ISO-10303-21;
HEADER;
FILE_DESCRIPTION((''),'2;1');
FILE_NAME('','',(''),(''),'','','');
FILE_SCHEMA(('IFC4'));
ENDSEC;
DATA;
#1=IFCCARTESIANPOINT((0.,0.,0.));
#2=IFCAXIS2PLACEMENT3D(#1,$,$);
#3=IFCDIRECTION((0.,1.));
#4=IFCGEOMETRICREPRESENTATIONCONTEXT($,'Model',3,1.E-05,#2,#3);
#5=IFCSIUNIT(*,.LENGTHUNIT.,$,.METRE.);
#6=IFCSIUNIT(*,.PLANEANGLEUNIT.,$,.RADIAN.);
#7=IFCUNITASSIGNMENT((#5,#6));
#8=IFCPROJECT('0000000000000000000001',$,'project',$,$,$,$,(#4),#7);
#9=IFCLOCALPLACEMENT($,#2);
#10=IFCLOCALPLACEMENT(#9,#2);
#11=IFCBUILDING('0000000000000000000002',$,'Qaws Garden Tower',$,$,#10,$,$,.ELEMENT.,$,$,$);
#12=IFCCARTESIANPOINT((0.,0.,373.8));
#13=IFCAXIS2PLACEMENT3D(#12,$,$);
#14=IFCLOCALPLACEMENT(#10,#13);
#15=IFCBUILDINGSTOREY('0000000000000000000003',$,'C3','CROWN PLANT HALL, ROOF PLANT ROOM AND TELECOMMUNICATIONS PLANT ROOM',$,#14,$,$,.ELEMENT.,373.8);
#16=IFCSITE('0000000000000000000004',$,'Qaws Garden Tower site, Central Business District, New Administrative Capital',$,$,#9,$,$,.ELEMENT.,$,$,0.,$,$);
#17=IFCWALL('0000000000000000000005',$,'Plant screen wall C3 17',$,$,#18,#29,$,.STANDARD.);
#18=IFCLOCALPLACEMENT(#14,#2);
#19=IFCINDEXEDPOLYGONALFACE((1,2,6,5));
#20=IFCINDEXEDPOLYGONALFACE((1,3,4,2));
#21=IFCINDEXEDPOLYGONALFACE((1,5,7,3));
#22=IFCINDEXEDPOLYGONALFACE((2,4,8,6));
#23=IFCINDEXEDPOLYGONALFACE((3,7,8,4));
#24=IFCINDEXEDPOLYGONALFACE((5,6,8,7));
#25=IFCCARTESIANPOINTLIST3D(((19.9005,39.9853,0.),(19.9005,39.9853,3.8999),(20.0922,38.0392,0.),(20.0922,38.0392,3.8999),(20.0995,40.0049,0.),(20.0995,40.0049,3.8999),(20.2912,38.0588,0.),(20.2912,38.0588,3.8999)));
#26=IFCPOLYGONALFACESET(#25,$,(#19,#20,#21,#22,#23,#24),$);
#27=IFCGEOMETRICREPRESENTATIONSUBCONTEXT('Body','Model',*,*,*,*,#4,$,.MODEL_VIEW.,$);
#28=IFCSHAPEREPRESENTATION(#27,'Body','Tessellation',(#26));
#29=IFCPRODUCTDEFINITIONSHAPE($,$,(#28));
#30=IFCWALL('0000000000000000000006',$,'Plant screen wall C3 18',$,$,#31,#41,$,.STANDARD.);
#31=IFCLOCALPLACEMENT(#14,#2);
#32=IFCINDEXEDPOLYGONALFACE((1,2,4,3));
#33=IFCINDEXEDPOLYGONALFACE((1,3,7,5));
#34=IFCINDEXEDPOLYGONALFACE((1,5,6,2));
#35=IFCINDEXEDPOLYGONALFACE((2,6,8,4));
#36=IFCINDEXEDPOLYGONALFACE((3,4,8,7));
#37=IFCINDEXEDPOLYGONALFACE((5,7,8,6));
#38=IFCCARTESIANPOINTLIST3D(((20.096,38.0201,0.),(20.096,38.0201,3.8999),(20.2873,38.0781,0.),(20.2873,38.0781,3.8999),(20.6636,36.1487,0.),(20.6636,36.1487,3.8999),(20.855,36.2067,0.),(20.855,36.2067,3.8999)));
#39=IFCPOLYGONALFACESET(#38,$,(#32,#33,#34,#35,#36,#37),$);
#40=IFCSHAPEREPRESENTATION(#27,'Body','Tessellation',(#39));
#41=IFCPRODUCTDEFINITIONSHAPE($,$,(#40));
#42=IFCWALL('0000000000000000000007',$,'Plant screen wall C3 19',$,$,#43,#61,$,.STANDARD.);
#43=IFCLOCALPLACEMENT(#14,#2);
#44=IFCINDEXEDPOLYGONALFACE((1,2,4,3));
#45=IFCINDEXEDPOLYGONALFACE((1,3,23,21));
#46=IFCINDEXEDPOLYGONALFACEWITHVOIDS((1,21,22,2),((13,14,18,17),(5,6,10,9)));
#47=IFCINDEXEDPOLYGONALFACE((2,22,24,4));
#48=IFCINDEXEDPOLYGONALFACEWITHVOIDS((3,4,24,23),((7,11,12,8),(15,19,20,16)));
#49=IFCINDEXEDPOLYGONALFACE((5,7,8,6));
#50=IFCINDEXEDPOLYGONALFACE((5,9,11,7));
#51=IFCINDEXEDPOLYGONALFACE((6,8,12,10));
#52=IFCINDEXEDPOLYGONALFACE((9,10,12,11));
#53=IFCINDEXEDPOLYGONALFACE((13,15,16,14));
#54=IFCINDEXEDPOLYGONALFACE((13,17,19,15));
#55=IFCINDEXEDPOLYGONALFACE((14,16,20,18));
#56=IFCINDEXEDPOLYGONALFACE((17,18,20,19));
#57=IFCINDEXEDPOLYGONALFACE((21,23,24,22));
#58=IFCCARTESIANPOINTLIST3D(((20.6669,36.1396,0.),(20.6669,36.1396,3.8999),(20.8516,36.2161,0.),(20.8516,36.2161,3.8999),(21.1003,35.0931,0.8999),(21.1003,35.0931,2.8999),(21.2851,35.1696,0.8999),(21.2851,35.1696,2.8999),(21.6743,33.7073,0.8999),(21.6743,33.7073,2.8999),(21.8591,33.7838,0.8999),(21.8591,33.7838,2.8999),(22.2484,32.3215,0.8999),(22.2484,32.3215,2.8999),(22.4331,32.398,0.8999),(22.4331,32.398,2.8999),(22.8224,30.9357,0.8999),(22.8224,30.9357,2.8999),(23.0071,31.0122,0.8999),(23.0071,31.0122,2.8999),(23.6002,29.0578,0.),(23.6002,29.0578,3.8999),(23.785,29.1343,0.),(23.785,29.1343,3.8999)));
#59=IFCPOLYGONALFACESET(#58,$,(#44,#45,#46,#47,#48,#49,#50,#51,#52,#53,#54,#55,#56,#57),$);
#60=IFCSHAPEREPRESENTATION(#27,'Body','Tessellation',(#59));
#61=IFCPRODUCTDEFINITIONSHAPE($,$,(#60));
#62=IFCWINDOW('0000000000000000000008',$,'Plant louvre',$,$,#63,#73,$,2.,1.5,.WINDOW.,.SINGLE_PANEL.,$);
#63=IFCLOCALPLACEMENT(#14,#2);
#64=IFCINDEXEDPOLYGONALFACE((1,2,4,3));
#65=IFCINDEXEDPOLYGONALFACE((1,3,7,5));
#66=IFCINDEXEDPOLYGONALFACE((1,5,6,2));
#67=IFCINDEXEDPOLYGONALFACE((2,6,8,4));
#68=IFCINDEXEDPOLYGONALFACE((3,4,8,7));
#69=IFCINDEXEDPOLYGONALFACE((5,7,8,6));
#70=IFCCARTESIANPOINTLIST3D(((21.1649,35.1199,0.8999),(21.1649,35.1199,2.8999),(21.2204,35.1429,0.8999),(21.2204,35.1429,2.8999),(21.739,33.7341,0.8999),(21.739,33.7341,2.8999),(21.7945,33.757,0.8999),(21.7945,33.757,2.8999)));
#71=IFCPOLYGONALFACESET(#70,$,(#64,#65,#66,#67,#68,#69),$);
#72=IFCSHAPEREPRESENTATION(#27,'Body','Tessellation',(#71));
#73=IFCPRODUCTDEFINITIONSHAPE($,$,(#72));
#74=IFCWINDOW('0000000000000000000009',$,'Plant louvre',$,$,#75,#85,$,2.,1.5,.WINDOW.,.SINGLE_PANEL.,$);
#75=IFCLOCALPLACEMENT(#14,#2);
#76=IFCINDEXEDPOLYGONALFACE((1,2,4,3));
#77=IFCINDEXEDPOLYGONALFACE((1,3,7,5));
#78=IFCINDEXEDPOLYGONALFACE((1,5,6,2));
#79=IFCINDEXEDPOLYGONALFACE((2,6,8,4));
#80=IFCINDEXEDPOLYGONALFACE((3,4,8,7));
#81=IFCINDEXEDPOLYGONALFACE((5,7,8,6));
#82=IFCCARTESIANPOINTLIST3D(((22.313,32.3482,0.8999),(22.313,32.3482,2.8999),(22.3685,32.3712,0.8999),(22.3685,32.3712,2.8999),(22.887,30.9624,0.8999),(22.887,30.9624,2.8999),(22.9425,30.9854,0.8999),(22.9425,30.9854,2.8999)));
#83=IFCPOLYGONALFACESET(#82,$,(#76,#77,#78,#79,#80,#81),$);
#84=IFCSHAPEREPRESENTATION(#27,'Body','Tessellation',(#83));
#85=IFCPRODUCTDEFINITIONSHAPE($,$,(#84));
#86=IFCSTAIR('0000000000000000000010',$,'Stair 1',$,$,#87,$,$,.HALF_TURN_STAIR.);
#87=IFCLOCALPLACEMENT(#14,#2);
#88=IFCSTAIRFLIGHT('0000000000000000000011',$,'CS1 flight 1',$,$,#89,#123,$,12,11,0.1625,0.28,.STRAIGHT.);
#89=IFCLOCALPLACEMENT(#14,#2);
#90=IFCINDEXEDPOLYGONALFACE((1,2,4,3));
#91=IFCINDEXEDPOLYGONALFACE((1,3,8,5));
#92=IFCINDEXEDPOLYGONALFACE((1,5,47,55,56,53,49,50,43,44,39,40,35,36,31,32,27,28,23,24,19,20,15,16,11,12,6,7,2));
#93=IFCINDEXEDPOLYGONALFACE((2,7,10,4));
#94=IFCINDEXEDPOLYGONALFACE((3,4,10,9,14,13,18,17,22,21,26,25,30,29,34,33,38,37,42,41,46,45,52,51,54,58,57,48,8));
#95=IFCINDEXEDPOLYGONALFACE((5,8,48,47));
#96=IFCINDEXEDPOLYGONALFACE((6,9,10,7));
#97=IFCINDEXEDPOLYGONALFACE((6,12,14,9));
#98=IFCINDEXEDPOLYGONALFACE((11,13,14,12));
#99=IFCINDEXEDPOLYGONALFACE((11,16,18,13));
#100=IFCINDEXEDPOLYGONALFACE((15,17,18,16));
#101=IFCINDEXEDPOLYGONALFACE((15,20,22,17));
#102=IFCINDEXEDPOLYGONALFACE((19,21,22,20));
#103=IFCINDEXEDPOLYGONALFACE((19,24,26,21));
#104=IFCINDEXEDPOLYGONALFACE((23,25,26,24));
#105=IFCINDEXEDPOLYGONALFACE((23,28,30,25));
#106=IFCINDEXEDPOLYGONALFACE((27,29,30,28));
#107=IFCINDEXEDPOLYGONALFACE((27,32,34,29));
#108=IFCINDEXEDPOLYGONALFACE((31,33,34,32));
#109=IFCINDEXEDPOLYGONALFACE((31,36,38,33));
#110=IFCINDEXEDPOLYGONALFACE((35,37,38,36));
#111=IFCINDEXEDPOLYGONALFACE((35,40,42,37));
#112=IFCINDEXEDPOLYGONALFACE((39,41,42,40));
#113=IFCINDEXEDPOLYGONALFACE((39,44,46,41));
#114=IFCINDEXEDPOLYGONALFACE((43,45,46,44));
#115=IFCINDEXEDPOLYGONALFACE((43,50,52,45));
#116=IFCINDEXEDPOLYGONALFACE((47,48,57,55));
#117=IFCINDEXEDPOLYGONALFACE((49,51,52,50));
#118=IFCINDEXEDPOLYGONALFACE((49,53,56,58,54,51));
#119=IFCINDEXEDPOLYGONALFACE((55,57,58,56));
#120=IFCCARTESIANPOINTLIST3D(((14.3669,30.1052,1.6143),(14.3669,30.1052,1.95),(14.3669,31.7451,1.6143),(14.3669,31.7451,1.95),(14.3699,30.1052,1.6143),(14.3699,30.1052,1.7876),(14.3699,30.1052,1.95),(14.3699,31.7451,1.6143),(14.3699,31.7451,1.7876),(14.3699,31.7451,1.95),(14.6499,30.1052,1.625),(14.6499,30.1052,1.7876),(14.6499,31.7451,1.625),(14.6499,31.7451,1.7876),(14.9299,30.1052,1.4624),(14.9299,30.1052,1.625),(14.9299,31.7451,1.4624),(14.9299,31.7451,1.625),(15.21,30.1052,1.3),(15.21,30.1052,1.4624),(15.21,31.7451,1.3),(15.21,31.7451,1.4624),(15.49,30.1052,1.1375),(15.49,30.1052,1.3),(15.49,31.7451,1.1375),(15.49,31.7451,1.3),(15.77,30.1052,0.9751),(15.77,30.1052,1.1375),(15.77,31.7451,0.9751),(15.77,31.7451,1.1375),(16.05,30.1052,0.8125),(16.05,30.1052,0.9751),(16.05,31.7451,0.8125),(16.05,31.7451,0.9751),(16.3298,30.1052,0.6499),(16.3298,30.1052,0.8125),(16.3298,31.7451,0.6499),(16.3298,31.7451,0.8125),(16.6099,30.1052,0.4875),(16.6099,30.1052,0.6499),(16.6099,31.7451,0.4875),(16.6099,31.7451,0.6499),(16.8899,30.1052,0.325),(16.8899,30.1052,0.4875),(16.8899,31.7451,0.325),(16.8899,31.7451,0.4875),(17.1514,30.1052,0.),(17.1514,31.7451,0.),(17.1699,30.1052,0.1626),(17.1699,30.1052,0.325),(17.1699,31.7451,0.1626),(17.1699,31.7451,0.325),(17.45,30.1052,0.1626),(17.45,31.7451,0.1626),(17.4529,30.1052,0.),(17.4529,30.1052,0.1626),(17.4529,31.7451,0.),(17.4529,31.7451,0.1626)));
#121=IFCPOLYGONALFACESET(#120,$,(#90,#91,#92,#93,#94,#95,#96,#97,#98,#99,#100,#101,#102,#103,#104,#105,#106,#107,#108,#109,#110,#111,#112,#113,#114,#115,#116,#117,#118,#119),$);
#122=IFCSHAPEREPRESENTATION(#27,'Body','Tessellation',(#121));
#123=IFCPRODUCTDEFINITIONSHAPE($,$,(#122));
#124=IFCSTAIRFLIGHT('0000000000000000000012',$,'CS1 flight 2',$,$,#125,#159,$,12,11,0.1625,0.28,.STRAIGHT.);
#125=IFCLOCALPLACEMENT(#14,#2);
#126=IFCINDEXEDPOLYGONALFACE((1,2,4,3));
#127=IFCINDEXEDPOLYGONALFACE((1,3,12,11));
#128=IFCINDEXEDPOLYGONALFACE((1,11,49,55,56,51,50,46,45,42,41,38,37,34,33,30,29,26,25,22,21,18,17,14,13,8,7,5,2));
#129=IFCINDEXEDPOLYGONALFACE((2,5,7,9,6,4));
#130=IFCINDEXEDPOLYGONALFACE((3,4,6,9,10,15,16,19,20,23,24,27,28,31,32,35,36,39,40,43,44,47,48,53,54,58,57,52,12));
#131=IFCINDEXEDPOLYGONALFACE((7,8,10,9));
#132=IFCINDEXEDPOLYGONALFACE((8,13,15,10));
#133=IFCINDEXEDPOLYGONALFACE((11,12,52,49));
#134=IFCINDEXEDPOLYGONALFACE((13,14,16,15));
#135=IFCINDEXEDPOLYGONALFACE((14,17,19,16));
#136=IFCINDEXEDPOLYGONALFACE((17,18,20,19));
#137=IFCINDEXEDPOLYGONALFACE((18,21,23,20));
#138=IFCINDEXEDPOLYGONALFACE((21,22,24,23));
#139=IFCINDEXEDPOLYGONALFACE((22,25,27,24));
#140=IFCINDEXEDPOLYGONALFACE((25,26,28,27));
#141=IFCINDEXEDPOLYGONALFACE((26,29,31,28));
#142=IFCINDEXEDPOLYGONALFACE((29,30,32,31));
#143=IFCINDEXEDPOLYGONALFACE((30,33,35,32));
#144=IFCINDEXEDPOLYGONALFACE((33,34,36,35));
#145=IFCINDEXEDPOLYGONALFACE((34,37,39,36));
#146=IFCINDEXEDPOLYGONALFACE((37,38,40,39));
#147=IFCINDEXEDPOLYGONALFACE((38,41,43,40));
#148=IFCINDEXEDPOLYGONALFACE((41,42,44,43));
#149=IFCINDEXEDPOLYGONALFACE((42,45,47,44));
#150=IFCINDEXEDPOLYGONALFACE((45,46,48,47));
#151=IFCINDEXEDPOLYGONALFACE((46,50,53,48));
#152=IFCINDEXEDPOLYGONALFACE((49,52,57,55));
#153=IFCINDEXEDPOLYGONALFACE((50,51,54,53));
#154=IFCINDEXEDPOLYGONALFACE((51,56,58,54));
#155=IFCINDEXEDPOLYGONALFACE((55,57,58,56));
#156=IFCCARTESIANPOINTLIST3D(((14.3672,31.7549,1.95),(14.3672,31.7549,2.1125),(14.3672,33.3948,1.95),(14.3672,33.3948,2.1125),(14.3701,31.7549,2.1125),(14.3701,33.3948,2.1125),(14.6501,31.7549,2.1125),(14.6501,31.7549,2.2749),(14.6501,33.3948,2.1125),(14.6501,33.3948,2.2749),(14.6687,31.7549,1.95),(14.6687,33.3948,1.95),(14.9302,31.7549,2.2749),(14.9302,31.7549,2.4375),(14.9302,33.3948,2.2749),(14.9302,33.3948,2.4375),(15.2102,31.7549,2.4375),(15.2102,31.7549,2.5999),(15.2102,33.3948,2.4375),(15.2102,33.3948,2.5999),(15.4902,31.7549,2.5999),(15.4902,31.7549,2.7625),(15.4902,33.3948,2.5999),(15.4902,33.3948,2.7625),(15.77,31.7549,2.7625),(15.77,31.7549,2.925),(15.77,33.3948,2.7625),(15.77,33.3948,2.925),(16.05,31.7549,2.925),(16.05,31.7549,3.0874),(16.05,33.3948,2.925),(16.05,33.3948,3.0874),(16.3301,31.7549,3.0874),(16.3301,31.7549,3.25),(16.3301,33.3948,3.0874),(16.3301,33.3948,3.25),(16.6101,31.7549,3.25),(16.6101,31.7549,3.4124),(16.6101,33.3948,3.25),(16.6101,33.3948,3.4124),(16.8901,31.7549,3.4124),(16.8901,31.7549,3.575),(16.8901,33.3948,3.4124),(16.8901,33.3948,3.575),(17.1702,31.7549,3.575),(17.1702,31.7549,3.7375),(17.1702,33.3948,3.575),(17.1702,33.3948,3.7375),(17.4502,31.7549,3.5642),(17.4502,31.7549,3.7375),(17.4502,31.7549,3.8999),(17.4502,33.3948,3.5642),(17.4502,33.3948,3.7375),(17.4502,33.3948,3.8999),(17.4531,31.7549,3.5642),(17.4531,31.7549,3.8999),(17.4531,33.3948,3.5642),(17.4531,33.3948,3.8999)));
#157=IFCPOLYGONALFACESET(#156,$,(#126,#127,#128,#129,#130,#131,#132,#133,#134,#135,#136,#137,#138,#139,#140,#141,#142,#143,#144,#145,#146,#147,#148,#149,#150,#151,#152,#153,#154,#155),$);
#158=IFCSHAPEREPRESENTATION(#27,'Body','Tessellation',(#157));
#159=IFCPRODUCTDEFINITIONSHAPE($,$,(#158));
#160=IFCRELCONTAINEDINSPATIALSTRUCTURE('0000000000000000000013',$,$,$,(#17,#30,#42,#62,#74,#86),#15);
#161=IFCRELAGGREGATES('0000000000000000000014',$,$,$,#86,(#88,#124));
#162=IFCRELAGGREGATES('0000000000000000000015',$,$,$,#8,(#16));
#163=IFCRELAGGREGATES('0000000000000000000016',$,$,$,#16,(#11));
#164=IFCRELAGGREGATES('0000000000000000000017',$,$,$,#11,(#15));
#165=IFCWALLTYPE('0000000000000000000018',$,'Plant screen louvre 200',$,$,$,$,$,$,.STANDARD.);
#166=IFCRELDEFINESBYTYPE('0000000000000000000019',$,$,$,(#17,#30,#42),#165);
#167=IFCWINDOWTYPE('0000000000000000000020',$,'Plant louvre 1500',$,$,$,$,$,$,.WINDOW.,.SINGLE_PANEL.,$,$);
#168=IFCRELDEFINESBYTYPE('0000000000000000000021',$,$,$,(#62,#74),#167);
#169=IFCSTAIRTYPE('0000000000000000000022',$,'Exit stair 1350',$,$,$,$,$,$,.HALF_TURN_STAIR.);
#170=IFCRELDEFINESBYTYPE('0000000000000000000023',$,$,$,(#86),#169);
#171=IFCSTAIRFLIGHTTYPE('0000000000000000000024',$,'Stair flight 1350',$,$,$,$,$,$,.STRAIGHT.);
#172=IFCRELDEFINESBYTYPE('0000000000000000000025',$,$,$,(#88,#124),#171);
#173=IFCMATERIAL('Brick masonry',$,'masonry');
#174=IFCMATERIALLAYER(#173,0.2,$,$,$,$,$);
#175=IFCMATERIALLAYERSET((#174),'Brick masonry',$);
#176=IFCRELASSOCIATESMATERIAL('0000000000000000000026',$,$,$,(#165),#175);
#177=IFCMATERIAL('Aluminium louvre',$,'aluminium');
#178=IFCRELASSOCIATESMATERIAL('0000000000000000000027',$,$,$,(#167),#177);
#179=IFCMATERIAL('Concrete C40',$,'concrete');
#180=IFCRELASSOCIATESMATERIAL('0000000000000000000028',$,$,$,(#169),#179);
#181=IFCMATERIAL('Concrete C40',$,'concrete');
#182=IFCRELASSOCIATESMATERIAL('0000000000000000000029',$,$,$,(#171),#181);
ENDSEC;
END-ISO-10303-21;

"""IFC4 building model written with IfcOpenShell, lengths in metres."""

from ifc_helpers import new_model, si_unit, direction, frame, frame_2d, origin, place, context, subcontext, project, spatial, polyline, rectangle, outline, extrude, material, layer, layer_set, type_object, element, fill, aggregate, save


model = new_model("IFC4")

# Units and contexts
model_context = context("Model", 3, precision=1e-05, world=origin(), true_north=direction((0.0, 1.0)))
body_context = subcontext(model_context, "Body", "Model", "MODEL_VIEW")
ifc_project = project(units=[si_unit("LENGTHUNIT", "METRE"), si_unit("PLANEANGLEUNIT", "RADIAN")], contexts=[model_context])

# Site, building, storey
site_placement = place(None, origin())
site = spatial("IfcSite", under=ifc_project, at=site_placement, Name="Qaws Garden Tower site, Central Business District, New Administrative Capital", CompositionType="ELEMENT", RefElevation=0.0)
building_placement = place(site_placement, origin())
building = spatial("IfcBuilding", under=site, at=building_placement, Name="Qaws Garden Tower", CompositionType="ELEMENT")
storey_placement = place(building_placement, frame((0.0, 0.0, 373.8)))
storey = spatial("IfcBuildingStorey", under=building, at=storey_placement, Name="C3", Description="CROWN PLANT HALL, ROOF PLANT ROOM AND TELECOMMUNICATIONS PLANT ROOM", CompositionType="ELEMENT", Elevation=373.8)

# Walls
ifc_material_1 = material(Name="Brick masonry", Category="masonry")
ifc_layer_1 = layer(ifc_material_1, 0.2)
ifc_layer_set_1 = layer_set([ifc_layer_1], Name="Brick masonry")
wall_type_1 = type_object("IfcWallType", Name="Plant screen louvre 200", PredefinedType="STANDARD", material=ifc_layer_set_1)
for number, where, z_axis, x_axis, name in (
    (1, (20.0, 39.9951, 0.0), (0.0, 0.0, 1.0), (0.098008, -0.995186, 0.0), "Plant screen wall C3 17"),
    (2, (20.1917, 38.0491, 0.0), (0.0, 0.0, 1.0), (0.290267, -0.956946, 0.0), "Plant screen wall C3 18"),
):
    element("IfcWall", number, at=place(storey_placement, frame(where, z_axis=z_axis, x_axis=x_axis)), inside=storey, type_object=wall_type_1, Name=name, PredefinedType="STANDARD", context=body_context, shape_type="SweptSolid", body=[
        extrude(rectangle(XDim=1.9556, YDim=0.2, at=frame_2d((0.9778, 0.0))), origin(), (0.0, 0.0, 1.0), 3.8999),
    ])

# Wall, openings, windows
wall_1_placement = place(storey_placement, frame((20.7593, 36.1777, 0.0), z_axis=(0.0, 0.0, 1.0), x_axis=(0.382681, -0.923881, 0.0)))
wall_1 = element("IfcWall", 3, at=wall_1_placement, inside=storey, type_object=wall_type_1, Name="Plant screen wall C3 19", PredefinedType="STANDARD", context=body_context, shape_type="SweptSolid", body=[
    extrude(rectangle(XDim=7.6653, YDim=0.2, at=frame_2d((3.8325, 0.0))), origin(), (0.0, 0.0, 1.0), 3.8999),
])
opening_1_placement = place(wall_1_placement, frame((1.1326, 0.0, 0.8999)))
opening_1 = element("IfcOpeningElement", 4, at=opening_1_placement, cuts=wall_1, PredefinedType="OPENING", context=body_context, shape_type="SweptSolid", body=[
    extrude(rectangle(XDim=1.5, YDim=2.0, at=frame_2d((0.75, 1.0))), frame((0.0, 0.1099, 0.0), z_axis=(0.0, -1.0, 0.0), x_axis=(1.0, 0.0, 0.0)), (0.0, 0.0, 1.0), 0.22),
])
opening_2_placement = place(wall_1_placement, frame((4.1326, 0.0, 0.8999)))
opening_2 = element("IfcOpeningElement", 5, at=opening_2_placement, cuts=wall_1, PredefinedType="OPENING", context=body_context, shape_type="SweptSolid", body=[
    extrude(rectangle(XDim=1.5, YDim=2.0, at=frame_2d((0.75, 1.0))), frame((0.0, 0.1099, 0.0), z_axis=(0.0, -1.0, 0.0), x_axis=(1.0, 0.0, 0.0)), (0.0, 0.0, 1.0), 0.22),
])
ifc_material_2 = material(Name="Aluminium louvre", Category="aluminium")
window_type = type_object("IfcWindowType", Name="Plant louvre 1500", PartitioningType="SINGLE_PANEL", PredefinedType="WINDOW", material=ifc_material_2)
window_1_placement = place(opening_1_placement, origin())
window_1 = element("IfcWindow", 6, at=window_1_placement, inside=storey, type_object=window_type, Name="Plant louvre", OverallHeight=2.0, OverallWidth=1.5, PartitioningType="SINGLE_PANEL", PredefinedType="WINDOW", context=body_context, shape_type="SweptSolid", body=[
    extrude(rectangle(XDim=1.5, YDim=2.0, at=frame_2d((0.75, 1.0))), frame((0.0, 0.03, 0.0), z_axis=(0.0, -1.0, 0.0), x_axis=(1.0, 0.0, 0.0)), (0.0, 0.0, 1.0), 0.0601),
])
fill(opening_1, window_1)
window_2_placement = place(opening_2_placement, origin())
window_2 = element("IfcWindow", 7, at=window_2_placement, inside=storey, type_object=window_type, Name="Plant louvre", OverallHeight=2.0, OverallWidth=1.5, PartitioningType="SINGLE_PANEL", PredefinedType="WINDOW", context=body_context, shape_type="SweptSolid", body=[
    extrude(rectangle(XDim=1.5, YDim=2.0, at=frame_2d((0.75, 1.0))), frame((0.0, 0.03, 0.0), z_axis=(0.0, -1.0, 0.0), x_axis=(1.0, 0.0, 0.0)), (0.0, 0.0, 1.0), 0.0601),
])
fill(opening_2, window_2)

# Stair, stair flights
ifc_material_3 = material(Name="Concrete C40", Category="concrete")
stair_type = type_object("IfcStairType", Name="Exit stair 1350", PredefinedType="HALF_TURN_STAIR", material=ifc_material_3)
placement = place(storey_placement, origin())
stair_1 = element("IfcStair", 8, at=placement, inside=storey, type_object=stair_type, Name="Stair 1", PredefinedType="HALF_TURN_STAIR")
ifc_material_4 = material(Name="Concrete C40", Category="concrete")
stair_flight_type = type_object("IfcStairFlightType", Name="Stair flight 1350", PredefinedType="STRAIGHT", material=ifc_material_4)
stair_flight_1_placement = place(storey_placement, frame((17.45, 30.925, 0.0), z_axis=(0.0, 0.0, 1.0), x_axis=(-1.0, 0.0, 0.0)))
stair_flight_1 = element("IfcStairFlight", 9, at=stair_flight_1_placement, type_object=stair_flight_type, Name="CS1 flight 1", NumberOfRisers=12, NumberOfTreads=11, PredefinedType="STRAIGHT", RiserHeight=0.1625, TreadLength=0.28, context=body_context, shape_type="SweptSolid", body=[
    extrude(outline(polyline([(-0.0029, 0.0), (-0.0029, 0.1626), (0.0, 0.1626), (0.28, 0.1626), (0.28, 0.325), (0.5601, 0.325), (0.5601, 0.4875), (0.8401, 0.4875), (0.8401, 0.6499), (1.1201, 0.6499), (1.1201, 0.8125), (1.3999, 0.8125), (1.3999, 0.9751), (1.6799, 0.9751), (1.6799, 1.1375), (1.96, 1.1375), (1.96, 1.3), (2.24, 1.3), (2.24, 1.4624), (2.52, 1.4624), (2.52, 1.625), (2.8, 1.625), (2.8, 1.7876), (3.0801, 1.7876), (3.0801, 1.95), (3.083, 1.95), (3.083, 1.6143), (3.0801, 1.6143), (0.2986, 0.0), (-0.0029, 0.0)])), frame((0.0, 0.8198, 0.0), z_axis=(0.0, -1.0, 0.0), x_axis=(1.0, 0.0, 0.0)), (0.0, 0.0, 1.0), 1.6399),
])
stair_flight_2_placement = place(storey_placement, frame((14.3701, 32.575, 1.95), z_axis=(0.0, 0.0, 1.0), x_axis=(1.0, 0.0, 0.0)))
stair_flight_2 = element("IfcStairFlight", 10, at=stair_flight_2_placement, type_object=stair_flight_type, Name="CS1 flight 2", NumberOfRisers=12, NumberOfTreads=11, PredefinedType="STRAIGHT", RiserHeight=0.1625, TreadLength=0.28, context=body_context, shape_type="SweptSolid", body=[
    extrude(outline(polyline([(-0.0029, 0.0), (-0.0029, 0.1626), (0.0, 0.1626), (0.28, 0.1626), (0.28, 0.325), (0.5601, 0.325), (0.5601, 0.4875), (0.8401, 0.4875), (0.8401, 0.6499), (1.1201, 0.6499), (1.1201, 0.8125), (1.3999, 0.8125), (1.3999, 0.9751), (1.6799, 0.9751), (1.6799, 1.1375), (1.96, 1.1375), (1.96, 1.3), (2.24, 1.3), (2.24, 1.4624), (2.52, 1.4624), (2.52, 1.625), (2.8, 1.625), (2.8, 1.7876), (3.0801, 1.7876), (3.0801, 1.95), (3.083, 1.95), (3.083, 1.6143), (3.0801, 1.6143), (0.2986, 0.0), (-0.0029, 0.0)])), frame((0.0, 0.8198, 0.0), z_axis=(0.0, -1.0, 0.0), x_axis=(1.0, 0.0, 0.0)), (0.0, 0.0, 1.0), 1.6399),
])
aggregate(stair_1, [stair_flight_1, stair_flight_2])

save(model, "model.ifc")
